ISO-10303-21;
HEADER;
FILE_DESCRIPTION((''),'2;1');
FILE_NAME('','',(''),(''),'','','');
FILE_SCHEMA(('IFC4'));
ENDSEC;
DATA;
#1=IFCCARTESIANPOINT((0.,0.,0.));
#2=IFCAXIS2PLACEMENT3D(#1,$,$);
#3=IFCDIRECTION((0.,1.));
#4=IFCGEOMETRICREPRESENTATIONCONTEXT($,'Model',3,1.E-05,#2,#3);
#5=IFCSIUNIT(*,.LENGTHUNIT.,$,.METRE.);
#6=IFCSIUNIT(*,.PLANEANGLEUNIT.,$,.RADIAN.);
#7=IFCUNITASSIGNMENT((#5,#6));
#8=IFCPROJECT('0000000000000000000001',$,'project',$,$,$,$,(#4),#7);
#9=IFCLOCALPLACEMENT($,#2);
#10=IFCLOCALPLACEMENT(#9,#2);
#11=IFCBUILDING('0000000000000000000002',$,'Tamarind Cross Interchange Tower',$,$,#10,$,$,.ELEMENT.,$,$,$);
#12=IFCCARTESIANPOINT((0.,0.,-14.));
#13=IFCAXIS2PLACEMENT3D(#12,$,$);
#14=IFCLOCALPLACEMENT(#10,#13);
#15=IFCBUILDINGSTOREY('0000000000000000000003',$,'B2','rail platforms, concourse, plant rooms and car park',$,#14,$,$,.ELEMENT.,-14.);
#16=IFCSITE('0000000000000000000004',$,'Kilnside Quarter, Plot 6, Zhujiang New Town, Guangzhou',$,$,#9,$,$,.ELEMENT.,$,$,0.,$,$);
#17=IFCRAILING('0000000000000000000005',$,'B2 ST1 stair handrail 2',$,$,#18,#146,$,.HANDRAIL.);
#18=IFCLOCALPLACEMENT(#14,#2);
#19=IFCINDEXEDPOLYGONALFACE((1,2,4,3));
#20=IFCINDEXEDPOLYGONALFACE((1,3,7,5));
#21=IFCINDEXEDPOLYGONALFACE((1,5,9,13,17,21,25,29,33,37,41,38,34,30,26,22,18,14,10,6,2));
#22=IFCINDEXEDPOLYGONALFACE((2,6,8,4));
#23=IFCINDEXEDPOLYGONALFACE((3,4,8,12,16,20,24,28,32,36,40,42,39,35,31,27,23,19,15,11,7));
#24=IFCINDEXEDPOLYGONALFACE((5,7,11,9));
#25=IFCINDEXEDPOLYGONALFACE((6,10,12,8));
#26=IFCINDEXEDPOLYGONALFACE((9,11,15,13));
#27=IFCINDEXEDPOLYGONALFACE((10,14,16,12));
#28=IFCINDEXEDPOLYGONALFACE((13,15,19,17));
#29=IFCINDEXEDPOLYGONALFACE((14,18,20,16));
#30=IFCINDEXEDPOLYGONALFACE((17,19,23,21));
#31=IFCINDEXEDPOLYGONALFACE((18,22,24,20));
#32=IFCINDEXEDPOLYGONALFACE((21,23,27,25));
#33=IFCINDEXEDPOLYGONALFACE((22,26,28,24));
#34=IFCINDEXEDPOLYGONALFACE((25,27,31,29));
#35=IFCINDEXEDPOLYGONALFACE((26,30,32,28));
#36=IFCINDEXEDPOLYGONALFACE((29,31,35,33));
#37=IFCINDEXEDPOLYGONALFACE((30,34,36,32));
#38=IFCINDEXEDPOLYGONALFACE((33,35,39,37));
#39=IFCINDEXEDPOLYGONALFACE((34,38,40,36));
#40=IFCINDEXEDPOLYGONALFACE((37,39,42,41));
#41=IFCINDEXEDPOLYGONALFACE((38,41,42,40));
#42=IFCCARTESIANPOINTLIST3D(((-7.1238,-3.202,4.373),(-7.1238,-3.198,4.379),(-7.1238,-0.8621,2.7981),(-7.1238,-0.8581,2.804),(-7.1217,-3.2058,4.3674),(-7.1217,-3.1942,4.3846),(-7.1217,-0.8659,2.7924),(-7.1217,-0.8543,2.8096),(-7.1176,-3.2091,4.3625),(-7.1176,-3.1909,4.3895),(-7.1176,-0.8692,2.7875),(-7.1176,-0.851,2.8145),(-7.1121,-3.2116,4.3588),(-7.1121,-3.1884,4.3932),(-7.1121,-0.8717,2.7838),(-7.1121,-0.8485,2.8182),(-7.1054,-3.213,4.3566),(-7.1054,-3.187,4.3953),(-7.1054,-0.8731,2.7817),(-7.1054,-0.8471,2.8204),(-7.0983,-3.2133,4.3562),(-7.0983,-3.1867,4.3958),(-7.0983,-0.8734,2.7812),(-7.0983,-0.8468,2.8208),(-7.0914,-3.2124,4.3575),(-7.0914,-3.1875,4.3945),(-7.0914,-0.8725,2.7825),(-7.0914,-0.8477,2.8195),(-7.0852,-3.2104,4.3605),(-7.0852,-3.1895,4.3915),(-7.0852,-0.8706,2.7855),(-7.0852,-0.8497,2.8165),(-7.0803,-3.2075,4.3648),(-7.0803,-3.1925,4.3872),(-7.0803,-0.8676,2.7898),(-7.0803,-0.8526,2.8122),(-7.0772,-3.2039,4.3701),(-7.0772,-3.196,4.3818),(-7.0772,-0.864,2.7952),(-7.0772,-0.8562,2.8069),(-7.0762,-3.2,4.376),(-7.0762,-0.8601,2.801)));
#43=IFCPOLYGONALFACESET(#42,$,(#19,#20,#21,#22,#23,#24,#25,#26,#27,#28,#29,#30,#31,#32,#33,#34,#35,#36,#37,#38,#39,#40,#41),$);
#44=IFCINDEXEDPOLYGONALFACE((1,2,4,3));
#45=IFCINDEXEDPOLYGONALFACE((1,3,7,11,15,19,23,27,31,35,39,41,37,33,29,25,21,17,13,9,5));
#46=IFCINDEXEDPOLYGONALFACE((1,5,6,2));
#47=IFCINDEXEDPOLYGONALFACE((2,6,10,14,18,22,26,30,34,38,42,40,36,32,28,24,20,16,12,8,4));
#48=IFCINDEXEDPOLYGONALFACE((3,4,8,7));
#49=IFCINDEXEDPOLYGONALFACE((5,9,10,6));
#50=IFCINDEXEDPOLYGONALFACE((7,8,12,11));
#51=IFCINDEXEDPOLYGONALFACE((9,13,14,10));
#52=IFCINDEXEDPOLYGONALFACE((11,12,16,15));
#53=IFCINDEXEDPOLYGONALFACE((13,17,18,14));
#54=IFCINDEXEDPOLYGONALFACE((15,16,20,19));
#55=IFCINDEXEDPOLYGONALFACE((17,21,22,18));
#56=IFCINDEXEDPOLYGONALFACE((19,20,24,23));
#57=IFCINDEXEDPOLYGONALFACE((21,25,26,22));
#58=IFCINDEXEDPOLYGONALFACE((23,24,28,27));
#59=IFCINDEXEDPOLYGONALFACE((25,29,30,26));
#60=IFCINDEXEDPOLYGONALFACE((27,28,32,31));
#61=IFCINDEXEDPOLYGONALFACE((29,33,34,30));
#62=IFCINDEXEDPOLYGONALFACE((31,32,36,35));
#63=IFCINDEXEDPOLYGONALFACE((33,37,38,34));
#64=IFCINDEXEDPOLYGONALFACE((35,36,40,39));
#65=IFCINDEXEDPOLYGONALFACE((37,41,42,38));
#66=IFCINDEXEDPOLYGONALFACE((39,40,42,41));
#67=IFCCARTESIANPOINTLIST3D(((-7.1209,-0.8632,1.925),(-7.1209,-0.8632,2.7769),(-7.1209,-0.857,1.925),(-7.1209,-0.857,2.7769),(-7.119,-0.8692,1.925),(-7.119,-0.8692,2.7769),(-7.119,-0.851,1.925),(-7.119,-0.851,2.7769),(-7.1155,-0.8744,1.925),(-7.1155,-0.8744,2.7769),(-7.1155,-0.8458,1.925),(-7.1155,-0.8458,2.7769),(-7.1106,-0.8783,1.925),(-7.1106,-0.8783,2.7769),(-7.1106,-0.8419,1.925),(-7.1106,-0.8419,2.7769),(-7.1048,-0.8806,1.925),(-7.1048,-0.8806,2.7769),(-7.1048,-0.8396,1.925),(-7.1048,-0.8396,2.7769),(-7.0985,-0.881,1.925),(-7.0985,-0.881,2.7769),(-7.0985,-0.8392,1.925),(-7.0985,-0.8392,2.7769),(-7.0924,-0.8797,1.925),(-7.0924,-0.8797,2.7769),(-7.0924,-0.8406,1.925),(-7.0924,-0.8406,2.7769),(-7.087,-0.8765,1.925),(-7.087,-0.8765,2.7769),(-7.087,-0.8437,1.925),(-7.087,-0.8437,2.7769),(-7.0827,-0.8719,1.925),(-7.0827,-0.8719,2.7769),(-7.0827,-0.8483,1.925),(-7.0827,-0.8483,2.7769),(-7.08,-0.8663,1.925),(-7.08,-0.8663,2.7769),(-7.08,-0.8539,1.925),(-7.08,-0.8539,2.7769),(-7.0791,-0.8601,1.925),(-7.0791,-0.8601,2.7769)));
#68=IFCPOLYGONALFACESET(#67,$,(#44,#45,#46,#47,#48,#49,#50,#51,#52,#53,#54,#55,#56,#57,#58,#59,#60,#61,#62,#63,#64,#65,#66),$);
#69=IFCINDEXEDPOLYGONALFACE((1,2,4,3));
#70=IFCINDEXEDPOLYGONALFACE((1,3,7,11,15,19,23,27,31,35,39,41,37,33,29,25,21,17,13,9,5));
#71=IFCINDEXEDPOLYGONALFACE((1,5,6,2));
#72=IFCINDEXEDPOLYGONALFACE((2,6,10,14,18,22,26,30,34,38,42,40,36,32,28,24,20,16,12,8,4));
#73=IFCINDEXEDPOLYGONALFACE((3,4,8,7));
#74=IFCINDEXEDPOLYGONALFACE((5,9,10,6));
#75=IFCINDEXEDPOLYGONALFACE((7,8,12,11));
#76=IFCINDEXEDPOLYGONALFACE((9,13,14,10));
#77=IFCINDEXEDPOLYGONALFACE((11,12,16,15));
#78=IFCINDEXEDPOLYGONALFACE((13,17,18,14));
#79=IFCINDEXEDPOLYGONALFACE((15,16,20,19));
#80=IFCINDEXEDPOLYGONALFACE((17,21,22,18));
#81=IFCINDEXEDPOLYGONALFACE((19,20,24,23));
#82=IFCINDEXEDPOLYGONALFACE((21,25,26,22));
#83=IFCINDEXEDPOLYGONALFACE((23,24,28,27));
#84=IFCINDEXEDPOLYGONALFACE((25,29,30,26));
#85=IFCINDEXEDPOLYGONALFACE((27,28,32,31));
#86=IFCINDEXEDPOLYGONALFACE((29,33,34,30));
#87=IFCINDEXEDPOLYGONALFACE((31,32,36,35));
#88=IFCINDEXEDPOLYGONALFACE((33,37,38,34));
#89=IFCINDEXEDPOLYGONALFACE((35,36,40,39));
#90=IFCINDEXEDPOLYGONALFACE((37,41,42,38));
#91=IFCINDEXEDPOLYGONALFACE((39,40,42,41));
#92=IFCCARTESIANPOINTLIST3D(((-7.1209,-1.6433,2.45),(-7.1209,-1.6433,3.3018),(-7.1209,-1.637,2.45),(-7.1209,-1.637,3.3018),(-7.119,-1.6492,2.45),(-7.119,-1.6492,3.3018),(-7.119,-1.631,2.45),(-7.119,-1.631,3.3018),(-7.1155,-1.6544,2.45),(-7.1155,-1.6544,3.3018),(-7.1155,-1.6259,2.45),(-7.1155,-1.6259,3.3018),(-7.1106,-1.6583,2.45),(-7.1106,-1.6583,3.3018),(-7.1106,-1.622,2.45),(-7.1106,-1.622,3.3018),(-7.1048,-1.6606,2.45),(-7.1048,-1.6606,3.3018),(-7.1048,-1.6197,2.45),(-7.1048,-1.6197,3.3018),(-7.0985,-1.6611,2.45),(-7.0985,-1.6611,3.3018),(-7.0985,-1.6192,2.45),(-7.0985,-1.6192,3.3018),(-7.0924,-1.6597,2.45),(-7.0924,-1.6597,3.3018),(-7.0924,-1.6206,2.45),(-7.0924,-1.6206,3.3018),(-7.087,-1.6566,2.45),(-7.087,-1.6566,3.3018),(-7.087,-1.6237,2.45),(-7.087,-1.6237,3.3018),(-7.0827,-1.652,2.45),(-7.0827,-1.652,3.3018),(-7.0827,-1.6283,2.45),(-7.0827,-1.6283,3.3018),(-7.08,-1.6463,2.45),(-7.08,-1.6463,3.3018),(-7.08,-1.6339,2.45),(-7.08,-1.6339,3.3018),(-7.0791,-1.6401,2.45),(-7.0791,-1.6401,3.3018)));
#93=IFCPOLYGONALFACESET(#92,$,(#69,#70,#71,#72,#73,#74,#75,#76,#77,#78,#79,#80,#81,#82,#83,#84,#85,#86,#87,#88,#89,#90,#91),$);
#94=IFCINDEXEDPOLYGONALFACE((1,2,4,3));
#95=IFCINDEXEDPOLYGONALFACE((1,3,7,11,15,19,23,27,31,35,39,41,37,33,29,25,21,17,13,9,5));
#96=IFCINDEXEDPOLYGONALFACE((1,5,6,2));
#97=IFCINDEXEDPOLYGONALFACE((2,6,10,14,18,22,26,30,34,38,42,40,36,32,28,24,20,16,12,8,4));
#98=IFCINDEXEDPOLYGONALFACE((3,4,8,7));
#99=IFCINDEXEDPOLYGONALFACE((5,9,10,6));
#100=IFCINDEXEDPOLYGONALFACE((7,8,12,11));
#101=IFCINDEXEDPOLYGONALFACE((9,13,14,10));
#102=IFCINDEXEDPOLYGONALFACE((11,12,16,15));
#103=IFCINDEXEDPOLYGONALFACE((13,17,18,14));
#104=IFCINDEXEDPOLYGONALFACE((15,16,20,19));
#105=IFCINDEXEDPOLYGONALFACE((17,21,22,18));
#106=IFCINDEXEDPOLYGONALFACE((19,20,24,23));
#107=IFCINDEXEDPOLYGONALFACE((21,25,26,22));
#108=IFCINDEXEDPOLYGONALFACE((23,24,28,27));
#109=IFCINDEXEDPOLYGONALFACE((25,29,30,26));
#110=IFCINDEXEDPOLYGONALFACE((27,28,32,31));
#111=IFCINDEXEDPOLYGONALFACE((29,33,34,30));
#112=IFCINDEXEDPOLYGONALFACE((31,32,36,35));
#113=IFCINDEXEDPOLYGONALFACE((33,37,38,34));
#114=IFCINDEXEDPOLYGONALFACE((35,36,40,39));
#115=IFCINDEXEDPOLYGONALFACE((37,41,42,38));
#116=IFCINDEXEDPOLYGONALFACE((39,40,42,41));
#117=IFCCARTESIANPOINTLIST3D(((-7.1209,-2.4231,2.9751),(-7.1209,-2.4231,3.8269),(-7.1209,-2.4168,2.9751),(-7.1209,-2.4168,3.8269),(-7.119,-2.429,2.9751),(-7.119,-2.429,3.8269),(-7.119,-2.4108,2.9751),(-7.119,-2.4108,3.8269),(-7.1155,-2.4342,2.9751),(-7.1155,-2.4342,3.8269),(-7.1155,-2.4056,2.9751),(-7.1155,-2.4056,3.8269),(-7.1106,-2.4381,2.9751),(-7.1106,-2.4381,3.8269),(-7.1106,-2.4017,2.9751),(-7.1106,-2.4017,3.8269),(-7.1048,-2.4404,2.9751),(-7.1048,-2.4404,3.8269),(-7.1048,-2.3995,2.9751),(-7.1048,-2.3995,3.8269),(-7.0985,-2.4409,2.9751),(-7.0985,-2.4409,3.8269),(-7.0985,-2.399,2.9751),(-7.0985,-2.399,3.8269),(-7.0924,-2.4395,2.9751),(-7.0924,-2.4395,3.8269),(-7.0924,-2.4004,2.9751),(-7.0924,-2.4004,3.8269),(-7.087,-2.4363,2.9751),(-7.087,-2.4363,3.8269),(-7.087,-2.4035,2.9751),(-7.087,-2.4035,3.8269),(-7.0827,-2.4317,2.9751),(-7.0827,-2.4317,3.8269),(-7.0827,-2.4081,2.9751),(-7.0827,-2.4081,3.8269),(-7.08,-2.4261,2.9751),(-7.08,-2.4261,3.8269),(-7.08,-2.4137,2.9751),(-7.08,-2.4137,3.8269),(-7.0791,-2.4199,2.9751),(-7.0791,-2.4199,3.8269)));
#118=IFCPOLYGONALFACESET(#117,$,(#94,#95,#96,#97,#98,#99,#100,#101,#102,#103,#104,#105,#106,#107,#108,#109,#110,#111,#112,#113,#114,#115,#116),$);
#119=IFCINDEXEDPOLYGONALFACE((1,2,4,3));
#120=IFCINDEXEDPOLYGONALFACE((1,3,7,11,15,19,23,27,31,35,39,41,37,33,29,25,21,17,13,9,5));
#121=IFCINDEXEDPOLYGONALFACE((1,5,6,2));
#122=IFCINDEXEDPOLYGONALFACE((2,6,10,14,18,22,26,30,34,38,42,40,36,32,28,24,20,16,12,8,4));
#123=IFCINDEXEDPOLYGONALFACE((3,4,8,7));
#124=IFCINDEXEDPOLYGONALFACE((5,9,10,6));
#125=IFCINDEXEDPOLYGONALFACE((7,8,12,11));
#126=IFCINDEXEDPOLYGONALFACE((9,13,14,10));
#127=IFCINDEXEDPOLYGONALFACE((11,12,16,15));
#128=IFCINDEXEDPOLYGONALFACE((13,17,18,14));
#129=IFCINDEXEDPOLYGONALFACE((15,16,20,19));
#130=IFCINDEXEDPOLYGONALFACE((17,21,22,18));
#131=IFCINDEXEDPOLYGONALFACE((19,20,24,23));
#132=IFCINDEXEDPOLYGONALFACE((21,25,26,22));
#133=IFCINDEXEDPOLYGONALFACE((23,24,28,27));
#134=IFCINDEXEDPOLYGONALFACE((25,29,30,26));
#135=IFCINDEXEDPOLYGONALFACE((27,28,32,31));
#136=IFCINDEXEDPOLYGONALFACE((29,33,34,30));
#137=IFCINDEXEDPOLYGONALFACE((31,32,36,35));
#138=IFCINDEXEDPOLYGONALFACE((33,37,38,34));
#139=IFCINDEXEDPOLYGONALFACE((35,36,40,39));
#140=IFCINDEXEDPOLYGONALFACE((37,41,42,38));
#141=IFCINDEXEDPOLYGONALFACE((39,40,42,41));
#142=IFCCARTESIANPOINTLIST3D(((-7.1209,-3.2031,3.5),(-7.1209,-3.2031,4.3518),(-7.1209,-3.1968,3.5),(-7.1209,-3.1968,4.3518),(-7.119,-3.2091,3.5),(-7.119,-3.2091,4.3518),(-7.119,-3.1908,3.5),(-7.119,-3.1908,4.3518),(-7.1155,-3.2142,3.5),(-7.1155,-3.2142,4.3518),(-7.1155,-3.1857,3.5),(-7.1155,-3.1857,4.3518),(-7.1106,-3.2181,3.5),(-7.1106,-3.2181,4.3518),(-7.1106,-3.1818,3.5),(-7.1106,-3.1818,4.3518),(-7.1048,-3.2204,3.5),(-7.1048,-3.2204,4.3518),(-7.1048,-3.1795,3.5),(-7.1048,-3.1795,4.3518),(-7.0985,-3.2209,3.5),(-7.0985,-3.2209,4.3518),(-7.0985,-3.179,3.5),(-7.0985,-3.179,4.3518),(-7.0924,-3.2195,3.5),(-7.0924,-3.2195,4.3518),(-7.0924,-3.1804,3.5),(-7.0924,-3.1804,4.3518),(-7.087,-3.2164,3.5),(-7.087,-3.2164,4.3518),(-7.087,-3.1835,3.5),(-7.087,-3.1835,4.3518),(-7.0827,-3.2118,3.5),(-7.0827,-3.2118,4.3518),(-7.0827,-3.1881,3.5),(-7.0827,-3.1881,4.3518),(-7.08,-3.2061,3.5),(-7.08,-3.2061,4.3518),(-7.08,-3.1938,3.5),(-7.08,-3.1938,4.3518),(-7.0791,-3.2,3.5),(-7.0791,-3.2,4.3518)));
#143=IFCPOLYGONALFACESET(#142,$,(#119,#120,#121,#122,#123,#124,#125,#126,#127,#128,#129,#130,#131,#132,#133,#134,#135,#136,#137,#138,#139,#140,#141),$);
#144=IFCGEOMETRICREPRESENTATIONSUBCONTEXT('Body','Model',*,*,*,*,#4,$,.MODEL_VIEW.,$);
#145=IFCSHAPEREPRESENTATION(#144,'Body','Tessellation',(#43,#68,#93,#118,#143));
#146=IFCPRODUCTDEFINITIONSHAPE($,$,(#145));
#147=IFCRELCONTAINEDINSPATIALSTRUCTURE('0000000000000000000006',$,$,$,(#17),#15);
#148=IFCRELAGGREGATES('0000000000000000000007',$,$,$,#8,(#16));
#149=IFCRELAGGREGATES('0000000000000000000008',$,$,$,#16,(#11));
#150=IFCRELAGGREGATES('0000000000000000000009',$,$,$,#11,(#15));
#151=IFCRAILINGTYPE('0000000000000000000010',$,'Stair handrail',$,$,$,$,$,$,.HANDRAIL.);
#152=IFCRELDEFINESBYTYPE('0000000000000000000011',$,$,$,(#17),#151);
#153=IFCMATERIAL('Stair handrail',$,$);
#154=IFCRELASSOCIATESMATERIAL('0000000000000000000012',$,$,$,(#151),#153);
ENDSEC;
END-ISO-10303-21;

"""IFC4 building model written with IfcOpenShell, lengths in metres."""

from ifc_helpers import new_model, si_unit, direction, frame, origin, origin_2d, place, context, subcontext, project, spatial, circle, extrude, material, type_object, element, save


model = new_model("IFC4")

# Units and contexts
model_context = context("Model", 3, precision=1e-05, world=origin(), true_north=direction((0.0, 1.0)))
body_context = subcontext(model_context, "Body", "Model", "MODEL_VIEW")
ifc_project = project(units=[si_unit("LENGTHUNIT", "METRE"), si_unit("PLANEANGLEUNIT", "RADIAN")], contexts=[model_context])

# Site, building, storey
site_placement = place(None, origin())
site = spatial("IfcSite", under=ifc_project, at=site_placement, Name="Kilnside Quarter, Plot 6, Zhujiang New Town, Guangzhou", CompositionType="ELEMENT", RefElevation=0.0)
building_placement = place(site_placement, origin())
building = spatial("IfcBuilding", under=site, at=building_placement, Name="Tamarind Cross Interchange Tower", CompositionType="ELEMENT")
storey_placement = place(building_placement, frame((0.0, 0.0, -14.0)))
storey = spatial("IfcBuildingStorey", under=building, at=storey_placement, Name="B2", Description="rail platforms, concourse, plant rooms and car park", CompositionType="ELEMENT", Elevation=-14.0)

# Railing
ifc_material_1 = material(Name="Stair handrail")
railing_type_1 = type_object("IfcRailingType", Name="Stair handrail", PredefinedType="HANDRAIL", material=ifc_material_1)
railing_1_placement = place(storey_placement, frame((-7.1001, -0.8601, 1.925)))
element("IfcRailing", 1, at=railing_1_placement, inside=storey, type_object=railing_type_1, Name="B2 ST1 stair handrail 2", PredefinedType="HANDRAIL", context=body_context, shape_type="SweptSolid", body=[
    extrude(circle(Radius=0.0239, at=origin_2d()), frame((0.0, 0.0, 0.876), z_axis=(0.0, -0.829578, 0.55839), x_axis=(1.0, 0.0, 0.0)), (0.0, 0.0, 1.0), 2.8206),
    extrude(circle(Radius=0.021, at=origin_2d()), origin(), (0.0, 0.0, 1.0), 0.8518),
    extrude(circle(Radius=0.021, at=origin_2d()), frame((0.0, -0.78, 0.5249)), (0.0, 0.0, 1.0), 0.8518),
    extrude(circle(Radius=0.021, at=origin_2d()), frame((0.0, -1.5598, 1.05)), (0.0, 0.0, 1.0), 0.8518),
    extrude(circle(Radius=0.021, at=origin_2d()), frame((0.0, -2.3398, 1.575)), (0.0, 0.0, 1.0), 0.8518),
])

save(model, "model.ifc")
